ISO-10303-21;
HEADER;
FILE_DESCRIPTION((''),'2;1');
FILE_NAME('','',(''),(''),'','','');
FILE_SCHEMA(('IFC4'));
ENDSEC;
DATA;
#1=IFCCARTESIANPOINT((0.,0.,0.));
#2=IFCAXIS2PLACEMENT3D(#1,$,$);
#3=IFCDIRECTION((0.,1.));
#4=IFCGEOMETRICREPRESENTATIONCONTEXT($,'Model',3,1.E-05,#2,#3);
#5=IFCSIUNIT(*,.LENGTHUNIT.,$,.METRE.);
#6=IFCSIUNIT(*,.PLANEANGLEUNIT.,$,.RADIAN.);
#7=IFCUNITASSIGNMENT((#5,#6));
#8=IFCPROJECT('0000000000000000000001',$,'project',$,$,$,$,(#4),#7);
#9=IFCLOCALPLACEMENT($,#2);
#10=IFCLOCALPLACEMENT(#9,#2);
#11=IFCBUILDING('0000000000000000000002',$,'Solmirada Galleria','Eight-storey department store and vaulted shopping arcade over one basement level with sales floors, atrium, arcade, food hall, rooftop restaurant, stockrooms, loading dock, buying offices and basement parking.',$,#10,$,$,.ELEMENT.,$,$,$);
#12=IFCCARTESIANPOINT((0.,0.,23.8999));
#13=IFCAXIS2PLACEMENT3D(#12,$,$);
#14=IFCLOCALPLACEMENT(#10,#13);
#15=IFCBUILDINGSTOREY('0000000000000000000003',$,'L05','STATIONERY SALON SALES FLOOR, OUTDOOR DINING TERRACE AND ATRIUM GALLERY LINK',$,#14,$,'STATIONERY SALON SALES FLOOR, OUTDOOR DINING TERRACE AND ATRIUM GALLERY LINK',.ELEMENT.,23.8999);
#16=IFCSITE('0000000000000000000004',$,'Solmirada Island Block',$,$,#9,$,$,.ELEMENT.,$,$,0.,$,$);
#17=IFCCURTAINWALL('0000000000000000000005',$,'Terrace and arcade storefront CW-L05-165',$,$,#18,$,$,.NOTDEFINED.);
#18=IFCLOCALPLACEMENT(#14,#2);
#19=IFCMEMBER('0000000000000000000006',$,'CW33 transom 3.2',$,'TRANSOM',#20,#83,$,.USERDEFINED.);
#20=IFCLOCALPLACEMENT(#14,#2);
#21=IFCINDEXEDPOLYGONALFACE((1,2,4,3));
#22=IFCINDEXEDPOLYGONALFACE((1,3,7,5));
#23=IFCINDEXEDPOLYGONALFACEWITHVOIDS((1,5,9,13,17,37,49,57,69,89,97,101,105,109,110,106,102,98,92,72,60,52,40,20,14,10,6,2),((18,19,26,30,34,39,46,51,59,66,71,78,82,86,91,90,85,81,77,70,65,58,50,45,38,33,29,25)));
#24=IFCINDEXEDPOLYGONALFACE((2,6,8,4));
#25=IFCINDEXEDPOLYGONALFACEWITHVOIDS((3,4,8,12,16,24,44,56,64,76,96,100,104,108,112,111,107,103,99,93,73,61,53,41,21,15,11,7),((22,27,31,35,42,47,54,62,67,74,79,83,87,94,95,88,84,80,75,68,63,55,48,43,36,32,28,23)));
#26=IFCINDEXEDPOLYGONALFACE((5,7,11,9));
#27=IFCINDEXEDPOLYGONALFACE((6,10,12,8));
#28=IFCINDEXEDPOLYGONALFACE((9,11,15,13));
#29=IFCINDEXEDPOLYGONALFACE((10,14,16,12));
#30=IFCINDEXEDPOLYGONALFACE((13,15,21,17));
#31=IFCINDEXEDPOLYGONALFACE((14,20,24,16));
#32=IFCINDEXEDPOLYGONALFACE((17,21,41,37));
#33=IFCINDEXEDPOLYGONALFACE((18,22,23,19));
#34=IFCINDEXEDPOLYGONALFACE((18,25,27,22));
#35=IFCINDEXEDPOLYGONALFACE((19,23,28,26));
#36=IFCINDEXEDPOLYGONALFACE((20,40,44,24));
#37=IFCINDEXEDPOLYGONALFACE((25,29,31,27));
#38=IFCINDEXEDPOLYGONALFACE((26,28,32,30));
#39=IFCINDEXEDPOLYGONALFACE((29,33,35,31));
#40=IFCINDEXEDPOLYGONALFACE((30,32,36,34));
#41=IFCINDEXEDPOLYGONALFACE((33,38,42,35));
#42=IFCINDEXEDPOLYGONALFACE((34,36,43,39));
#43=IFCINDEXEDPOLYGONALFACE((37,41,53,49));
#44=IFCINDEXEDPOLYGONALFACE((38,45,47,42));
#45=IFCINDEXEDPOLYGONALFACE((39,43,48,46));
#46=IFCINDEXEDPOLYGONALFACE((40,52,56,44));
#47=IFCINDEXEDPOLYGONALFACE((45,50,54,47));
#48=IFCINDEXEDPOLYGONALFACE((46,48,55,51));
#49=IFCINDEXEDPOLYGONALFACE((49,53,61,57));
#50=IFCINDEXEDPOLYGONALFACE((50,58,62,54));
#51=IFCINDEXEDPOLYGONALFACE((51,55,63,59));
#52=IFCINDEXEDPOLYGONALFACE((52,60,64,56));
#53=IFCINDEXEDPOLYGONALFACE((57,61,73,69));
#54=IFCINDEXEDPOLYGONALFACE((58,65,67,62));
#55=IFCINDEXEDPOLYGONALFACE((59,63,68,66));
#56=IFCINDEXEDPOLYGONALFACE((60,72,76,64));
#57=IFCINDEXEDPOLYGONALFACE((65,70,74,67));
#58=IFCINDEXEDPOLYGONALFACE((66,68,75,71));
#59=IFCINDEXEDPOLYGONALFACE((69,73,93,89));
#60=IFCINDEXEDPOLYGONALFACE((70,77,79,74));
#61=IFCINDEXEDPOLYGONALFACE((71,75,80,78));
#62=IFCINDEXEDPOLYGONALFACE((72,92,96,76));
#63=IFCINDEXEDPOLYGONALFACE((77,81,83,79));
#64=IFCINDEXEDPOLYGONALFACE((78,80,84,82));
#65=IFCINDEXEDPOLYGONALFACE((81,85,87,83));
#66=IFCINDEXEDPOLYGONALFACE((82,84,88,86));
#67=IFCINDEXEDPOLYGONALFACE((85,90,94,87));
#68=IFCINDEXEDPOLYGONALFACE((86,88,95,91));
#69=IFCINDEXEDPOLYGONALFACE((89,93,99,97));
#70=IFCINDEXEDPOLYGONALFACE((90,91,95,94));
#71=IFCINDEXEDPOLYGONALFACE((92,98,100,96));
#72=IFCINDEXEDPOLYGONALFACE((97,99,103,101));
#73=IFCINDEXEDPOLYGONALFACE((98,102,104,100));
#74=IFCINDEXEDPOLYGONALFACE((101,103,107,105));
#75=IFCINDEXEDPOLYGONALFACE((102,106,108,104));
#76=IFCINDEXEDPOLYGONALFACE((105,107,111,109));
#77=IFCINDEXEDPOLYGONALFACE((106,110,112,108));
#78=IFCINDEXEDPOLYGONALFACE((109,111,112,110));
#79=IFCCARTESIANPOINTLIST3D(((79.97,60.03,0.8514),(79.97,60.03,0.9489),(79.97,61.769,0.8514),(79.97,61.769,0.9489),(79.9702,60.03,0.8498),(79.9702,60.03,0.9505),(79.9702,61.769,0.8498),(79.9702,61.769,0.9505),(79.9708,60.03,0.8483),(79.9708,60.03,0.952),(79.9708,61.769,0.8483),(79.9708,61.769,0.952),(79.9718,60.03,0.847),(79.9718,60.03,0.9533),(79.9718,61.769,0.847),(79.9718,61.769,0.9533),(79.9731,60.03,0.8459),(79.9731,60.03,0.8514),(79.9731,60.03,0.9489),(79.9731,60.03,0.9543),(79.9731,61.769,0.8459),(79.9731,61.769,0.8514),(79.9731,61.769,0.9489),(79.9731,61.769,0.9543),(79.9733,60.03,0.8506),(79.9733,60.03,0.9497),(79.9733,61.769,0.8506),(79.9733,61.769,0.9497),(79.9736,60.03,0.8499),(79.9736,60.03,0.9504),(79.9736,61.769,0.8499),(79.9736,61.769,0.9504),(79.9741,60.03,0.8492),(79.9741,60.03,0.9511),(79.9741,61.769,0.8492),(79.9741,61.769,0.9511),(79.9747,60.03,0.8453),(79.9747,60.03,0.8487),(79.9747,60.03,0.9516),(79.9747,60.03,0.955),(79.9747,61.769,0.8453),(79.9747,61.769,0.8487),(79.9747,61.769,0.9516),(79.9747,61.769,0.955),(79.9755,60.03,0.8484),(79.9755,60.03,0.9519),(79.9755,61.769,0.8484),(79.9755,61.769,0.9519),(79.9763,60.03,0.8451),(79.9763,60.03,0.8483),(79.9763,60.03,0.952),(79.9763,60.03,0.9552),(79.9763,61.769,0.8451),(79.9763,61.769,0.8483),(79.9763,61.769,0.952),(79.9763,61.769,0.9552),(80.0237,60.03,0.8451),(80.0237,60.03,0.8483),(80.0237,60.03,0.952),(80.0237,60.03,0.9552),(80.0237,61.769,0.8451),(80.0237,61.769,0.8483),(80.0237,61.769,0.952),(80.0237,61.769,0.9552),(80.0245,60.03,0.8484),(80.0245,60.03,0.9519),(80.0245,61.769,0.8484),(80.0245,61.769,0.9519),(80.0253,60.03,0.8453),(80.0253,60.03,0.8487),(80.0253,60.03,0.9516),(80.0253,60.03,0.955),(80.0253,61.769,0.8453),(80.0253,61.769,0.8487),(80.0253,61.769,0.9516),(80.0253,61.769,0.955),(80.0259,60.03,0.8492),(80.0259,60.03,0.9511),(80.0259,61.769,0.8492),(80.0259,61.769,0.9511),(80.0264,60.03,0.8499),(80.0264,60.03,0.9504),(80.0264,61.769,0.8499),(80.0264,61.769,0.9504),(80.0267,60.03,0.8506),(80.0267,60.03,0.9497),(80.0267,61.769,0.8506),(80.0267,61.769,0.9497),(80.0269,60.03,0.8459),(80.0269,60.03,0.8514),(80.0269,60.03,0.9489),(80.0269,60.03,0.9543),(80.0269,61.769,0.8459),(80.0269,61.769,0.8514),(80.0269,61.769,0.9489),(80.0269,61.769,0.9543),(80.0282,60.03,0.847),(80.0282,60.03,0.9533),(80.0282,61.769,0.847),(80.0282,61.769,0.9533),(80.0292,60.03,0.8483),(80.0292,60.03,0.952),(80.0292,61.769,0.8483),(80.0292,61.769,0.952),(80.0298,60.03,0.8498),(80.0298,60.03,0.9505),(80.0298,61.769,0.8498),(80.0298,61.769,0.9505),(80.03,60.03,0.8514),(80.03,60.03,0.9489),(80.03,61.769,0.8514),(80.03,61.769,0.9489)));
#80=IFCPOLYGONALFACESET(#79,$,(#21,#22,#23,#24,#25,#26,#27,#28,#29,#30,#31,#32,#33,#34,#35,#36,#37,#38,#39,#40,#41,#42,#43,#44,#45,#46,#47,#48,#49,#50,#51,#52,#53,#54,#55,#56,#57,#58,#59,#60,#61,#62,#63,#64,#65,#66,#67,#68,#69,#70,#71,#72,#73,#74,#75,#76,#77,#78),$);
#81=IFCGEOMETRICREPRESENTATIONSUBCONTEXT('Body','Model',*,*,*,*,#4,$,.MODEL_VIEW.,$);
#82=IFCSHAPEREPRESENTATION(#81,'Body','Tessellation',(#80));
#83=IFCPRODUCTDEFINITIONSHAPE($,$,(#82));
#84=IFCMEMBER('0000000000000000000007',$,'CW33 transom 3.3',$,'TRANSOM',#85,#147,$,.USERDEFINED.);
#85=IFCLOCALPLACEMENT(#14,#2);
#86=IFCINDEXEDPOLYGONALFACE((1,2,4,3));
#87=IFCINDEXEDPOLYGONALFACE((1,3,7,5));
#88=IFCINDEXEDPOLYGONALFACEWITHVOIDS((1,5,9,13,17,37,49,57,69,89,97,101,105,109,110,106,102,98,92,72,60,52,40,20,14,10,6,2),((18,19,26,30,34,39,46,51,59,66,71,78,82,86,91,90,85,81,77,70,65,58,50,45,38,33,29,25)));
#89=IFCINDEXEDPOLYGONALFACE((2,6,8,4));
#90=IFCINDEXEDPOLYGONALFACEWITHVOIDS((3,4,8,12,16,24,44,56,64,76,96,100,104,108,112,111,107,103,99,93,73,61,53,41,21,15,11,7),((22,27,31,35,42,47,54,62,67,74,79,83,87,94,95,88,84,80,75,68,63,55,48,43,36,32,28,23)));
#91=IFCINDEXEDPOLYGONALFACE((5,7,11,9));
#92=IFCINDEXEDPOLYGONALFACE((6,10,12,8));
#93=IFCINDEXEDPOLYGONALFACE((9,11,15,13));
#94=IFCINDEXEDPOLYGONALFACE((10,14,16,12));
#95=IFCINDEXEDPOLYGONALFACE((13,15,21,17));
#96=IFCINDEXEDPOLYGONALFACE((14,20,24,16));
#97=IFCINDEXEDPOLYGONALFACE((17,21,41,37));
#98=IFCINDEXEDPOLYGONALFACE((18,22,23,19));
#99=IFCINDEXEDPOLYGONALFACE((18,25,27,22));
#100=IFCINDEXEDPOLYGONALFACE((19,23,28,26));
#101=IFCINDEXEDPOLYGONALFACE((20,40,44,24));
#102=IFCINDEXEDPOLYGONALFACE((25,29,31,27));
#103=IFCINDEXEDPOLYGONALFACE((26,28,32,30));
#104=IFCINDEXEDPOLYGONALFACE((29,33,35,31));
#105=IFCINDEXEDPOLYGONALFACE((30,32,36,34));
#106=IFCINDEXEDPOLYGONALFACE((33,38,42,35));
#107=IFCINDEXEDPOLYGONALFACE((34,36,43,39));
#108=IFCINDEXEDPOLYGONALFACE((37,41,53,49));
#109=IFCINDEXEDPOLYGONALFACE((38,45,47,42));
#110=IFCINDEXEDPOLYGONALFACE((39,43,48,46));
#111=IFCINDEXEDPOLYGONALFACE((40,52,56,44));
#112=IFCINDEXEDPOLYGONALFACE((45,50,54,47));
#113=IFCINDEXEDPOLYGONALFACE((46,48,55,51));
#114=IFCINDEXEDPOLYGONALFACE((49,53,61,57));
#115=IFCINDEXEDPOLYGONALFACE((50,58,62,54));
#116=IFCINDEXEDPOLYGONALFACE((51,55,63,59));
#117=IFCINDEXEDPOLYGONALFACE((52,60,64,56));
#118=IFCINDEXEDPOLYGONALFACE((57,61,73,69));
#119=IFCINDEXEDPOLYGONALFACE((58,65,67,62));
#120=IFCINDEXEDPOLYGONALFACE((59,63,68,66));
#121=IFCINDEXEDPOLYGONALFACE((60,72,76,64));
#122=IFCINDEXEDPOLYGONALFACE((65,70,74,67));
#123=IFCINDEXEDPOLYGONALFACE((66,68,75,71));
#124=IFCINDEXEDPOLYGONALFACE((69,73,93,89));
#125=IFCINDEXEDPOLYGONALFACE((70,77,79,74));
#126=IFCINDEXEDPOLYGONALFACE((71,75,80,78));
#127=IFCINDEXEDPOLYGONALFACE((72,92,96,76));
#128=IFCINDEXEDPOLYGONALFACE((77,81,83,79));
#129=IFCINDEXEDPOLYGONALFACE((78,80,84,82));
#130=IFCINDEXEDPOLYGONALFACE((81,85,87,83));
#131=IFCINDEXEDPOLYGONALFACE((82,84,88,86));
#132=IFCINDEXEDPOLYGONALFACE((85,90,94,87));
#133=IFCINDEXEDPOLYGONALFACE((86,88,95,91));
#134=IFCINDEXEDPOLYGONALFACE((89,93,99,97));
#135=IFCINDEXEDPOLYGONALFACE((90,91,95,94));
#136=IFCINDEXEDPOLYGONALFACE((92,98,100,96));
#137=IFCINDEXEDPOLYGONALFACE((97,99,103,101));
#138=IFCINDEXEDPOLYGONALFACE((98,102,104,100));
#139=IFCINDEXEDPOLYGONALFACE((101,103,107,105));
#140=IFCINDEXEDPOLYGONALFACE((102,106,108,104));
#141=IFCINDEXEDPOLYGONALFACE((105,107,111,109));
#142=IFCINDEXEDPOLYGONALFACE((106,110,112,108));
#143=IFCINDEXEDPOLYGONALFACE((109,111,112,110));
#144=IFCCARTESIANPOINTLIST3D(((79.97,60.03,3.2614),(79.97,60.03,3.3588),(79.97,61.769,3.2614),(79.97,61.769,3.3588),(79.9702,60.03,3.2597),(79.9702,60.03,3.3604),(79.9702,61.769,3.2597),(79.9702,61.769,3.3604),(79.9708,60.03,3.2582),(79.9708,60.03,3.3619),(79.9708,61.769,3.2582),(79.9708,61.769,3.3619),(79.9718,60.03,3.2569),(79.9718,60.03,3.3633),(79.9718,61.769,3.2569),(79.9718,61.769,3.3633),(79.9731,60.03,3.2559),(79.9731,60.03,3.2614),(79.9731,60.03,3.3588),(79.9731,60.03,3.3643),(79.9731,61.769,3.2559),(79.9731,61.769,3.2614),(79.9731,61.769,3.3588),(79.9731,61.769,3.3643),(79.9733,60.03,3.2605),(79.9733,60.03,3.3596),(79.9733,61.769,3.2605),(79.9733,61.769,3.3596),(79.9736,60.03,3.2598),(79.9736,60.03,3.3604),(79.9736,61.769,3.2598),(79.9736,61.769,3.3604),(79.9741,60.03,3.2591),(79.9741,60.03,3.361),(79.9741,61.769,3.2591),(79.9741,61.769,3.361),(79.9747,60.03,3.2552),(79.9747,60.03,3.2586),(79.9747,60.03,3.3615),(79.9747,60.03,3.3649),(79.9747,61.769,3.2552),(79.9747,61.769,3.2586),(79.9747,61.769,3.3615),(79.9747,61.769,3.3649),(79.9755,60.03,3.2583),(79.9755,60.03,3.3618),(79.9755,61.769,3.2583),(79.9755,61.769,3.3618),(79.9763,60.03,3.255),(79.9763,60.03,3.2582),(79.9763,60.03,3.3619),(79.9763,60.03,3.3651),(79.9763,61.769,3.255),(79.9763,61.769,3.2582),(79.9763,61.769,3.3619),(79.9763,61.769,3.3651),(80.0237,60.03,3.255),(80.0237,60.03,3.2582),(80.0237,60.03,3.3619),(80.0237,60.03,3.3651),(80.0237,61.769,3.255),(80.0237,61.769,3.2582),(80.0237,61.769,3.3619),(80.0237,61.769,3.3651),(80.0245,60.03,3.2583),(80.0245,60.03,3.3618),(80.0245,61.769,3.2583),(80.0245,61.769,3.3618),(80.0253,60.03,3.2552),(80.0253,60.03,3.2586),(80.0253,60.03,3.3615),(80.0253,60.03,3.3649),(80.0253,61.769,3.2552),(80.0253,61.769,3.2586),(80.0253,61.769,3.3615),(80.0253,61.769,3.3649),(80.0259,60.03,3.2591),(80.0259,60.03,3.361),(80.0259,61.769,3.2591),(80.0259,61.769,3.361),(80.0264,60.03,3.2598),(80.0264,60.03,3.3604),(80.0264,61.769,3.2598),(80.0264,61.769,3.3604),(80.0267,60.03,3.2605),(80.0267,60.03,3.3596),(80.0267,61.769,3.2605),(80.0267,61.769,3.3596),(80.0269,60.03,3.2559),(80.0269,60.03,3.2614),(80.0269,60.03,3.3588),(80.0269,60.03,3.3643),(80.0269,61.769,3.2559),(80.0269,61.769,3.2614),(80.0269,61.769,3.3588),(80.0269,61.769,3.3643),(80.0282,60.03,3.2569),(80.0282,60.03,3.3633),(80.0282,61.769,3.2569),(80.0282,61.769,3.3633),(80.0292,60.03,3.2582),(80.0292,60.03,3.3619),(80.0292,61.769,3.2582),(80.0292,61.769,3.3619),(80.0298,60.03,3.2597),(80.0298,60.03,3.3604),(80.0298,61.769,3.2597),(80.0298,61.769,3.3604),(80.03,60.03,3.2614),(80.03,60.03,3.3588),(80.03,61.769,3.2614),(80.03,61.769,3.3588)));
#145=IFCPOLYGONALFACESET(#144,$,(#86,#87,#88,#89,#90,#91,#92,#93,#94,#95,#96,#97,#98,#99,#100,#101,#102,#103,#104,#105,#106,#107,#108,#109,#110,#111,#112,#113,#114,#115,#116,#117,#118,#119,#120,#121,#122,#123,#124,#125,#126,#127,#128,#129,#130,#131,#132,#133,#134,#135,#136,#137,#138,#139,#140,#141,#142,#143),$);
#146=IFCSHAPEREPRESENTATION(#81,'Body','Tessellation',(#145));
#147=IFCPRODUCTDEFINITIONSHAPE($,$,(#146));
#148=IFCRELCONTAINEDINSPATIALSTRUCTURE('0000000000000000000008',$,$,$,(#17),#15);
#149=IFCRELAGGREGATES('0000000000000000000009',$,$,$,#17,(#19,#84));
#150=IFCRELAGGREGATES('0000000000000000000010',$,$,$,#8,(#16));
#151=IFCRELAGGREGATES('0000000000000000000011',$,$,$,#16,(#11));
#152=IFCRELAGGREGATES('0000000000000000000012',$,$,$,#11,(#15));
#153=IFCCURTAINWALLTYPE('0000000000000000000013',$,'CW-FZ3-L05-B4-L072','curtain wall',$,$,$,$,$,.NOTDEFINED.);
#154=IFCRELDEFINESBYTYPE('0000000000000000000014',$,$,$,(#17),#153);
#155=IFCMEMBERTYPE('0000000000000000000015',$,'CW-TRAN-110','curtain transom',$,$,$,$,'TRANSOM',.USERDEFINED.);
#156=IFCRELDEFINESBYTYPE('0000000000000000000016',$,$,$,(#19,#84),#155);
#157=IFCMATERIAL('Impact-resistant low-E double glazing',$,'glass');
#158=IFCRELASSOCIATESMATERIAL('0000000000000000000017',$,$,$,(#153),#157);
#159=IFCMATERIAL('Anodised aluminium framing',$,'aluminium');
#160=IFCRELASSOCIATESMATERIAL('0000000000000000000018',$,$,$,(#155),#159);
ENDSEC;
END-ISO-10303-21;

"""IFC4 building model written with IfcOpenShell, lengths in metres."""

from ifc_helpers import new_model, si_unit, direction, frame, origin, origin_2d, place, context, subcontext, project, spatial, hollow_rectangle, extrude, material, material_profile, profile_set, type_object, element, aggregate, save


model = new_model("IFC4")

# Units and contexts
model_context = context("Model", 3, precision=1e-05, world=origin(), true_north=direction((0.0, 1.0)))
body_context = subcontext(model_context, "Body", "Model", "MODEL_VIEW")
ifc_project = project(units=[si_unit("LENGTHUNIT", "METRE"), si_unit("PLANEANGLEUNIT", "RADIAN")], contexts=[model_context])

# Site, building, storey
site_placement = place(None, origin())
site = spatial("IfcSite", under=ifc_project, at=site_placement, Name="Solmirada Island Block", CompositionType="ELEMENT", RefElevation=0.0)
building_placement = place(site_placement, origin())
building = spatial("IfcBuilding", under=site, at=building_placement, Name="Solmirada Galleria", Description="Eight-storey department store and vaulted shopping arcade over one basement level with sales floors, atrium, arcade, food hall, rooftop restaurant, stockrooms, loading dock, buying offices and basement parking.", CompositionType="ELEMENT")
storey_placement = place(building_placement, frame((0.0, 0.0, 23.8999)))
storey = spatial("IfcBuildingStorey", under=building, at=storey_placement, Name="L05", Description="STATIONERY SALON SALES FLOOR, OUTDOOR DINING TERRACE AND ATRIUM GALLERY LINK", LongName="STATIONERY SALON SALES FLOOR, OUTDOOR DINING TERRACE AND ATRIUM GALLERY LINK", CompositionType="ELEMENT", Elevation=23.8999)

# Curtain wall, members
ifc_material_1 = material(Name="Impact-resistant low-E double glazing", Category="glass")
curtain_wall_type = type_object("IfcCurtainWallType", Name="CW-FZ3-L05-B4-L072", Description="curtain wall", PredefinedType="NOTDEFINED", material=ifc_material_1)
curtain_wall_placement = place(storey_placement, origin())
curtain_wall = element("IfcCurtainWall", 1, at=curtain_wall_placement, inside=storey, type_object=curtain_wall_type, Name="Terrace and arcade storefront CW-L05-165", PredefinedType="NOTDEFINED")
ifc_material_2 = material(Name="Anodised aluminium framing", Category="aluminium")
ifc_material_profile_1 = material_profile(ifc_material_2, hollow_rectangle(XDim=0.0601, YDim=0.1101, WallThickness=0.0032, InnerFilletRadius=0.0032, OuterFilletRadius=0.0063, at=origin_2d()), Name="ALU-TRAN-110X60")
ifc_profile_set_1 = profile_set([ifc_material_profile_1], Name="Anodised aluminium framing")
member_type_1 = type_object("IfcMemberType", Name="CW-TRAN-110", Description="curtain transom", ElementType="TRANSOM", PredefinedType="USERDEFINED", material=ifc_profile_set_1)
member_1_placement = place(storey_placement, frame((80.0, 60.03, 0.9001), z_axis=(0.0, 1.0, 0.0), x_axis=(-1.0, 0.0, 0.0)))
member_1 = element("IfcMember", 2, at=member_1_placement, type_object=member_type_1, Name="CW33 transom 3.2", ObjectType="TRANSOM", PredefinedType="USERDEFINED", context=body_context, shape_type="SweptSolid", body=[
    extrude(hollow_rectangle(XDim=0.0601, YDim=0.1101, WallThickness=0.0032, InnerFilletRadius=0.0032, OuterFilletRadius=0.0063, at=origin_2d()), origin(), (0.0, 0.0, 1.0), 1.739),
])
member_2_placement = place(storey_placement, frame((80.0, 60.03, 3.3101), z_axis=(0.0, 1.0, 0.0), x_axis=(-1.0, 0.0, 0.0)))
member_2 = element("IfcMember", 3, at=member_2_placement, type_object=member_type_1, Name="CW33 transom 3.3", ObjectType="TRANSOM", PredefinedType="USERDEFINED", context=body_context, shape_type="SweptSolid", body=[
    extrude(hollow_rectangle(XDim=0.0601, YDim=0.1101, WallThickness=0.0032, InnerFilletRadius=0.0032, OuterFilletRadius=0.0063, at=origin_2d()), origin(), (0.0, 0.0, 1.0), 1.739),
])
aggregate(curtain_wall, [member_1, member_2])

save(model, "model.ifc")
